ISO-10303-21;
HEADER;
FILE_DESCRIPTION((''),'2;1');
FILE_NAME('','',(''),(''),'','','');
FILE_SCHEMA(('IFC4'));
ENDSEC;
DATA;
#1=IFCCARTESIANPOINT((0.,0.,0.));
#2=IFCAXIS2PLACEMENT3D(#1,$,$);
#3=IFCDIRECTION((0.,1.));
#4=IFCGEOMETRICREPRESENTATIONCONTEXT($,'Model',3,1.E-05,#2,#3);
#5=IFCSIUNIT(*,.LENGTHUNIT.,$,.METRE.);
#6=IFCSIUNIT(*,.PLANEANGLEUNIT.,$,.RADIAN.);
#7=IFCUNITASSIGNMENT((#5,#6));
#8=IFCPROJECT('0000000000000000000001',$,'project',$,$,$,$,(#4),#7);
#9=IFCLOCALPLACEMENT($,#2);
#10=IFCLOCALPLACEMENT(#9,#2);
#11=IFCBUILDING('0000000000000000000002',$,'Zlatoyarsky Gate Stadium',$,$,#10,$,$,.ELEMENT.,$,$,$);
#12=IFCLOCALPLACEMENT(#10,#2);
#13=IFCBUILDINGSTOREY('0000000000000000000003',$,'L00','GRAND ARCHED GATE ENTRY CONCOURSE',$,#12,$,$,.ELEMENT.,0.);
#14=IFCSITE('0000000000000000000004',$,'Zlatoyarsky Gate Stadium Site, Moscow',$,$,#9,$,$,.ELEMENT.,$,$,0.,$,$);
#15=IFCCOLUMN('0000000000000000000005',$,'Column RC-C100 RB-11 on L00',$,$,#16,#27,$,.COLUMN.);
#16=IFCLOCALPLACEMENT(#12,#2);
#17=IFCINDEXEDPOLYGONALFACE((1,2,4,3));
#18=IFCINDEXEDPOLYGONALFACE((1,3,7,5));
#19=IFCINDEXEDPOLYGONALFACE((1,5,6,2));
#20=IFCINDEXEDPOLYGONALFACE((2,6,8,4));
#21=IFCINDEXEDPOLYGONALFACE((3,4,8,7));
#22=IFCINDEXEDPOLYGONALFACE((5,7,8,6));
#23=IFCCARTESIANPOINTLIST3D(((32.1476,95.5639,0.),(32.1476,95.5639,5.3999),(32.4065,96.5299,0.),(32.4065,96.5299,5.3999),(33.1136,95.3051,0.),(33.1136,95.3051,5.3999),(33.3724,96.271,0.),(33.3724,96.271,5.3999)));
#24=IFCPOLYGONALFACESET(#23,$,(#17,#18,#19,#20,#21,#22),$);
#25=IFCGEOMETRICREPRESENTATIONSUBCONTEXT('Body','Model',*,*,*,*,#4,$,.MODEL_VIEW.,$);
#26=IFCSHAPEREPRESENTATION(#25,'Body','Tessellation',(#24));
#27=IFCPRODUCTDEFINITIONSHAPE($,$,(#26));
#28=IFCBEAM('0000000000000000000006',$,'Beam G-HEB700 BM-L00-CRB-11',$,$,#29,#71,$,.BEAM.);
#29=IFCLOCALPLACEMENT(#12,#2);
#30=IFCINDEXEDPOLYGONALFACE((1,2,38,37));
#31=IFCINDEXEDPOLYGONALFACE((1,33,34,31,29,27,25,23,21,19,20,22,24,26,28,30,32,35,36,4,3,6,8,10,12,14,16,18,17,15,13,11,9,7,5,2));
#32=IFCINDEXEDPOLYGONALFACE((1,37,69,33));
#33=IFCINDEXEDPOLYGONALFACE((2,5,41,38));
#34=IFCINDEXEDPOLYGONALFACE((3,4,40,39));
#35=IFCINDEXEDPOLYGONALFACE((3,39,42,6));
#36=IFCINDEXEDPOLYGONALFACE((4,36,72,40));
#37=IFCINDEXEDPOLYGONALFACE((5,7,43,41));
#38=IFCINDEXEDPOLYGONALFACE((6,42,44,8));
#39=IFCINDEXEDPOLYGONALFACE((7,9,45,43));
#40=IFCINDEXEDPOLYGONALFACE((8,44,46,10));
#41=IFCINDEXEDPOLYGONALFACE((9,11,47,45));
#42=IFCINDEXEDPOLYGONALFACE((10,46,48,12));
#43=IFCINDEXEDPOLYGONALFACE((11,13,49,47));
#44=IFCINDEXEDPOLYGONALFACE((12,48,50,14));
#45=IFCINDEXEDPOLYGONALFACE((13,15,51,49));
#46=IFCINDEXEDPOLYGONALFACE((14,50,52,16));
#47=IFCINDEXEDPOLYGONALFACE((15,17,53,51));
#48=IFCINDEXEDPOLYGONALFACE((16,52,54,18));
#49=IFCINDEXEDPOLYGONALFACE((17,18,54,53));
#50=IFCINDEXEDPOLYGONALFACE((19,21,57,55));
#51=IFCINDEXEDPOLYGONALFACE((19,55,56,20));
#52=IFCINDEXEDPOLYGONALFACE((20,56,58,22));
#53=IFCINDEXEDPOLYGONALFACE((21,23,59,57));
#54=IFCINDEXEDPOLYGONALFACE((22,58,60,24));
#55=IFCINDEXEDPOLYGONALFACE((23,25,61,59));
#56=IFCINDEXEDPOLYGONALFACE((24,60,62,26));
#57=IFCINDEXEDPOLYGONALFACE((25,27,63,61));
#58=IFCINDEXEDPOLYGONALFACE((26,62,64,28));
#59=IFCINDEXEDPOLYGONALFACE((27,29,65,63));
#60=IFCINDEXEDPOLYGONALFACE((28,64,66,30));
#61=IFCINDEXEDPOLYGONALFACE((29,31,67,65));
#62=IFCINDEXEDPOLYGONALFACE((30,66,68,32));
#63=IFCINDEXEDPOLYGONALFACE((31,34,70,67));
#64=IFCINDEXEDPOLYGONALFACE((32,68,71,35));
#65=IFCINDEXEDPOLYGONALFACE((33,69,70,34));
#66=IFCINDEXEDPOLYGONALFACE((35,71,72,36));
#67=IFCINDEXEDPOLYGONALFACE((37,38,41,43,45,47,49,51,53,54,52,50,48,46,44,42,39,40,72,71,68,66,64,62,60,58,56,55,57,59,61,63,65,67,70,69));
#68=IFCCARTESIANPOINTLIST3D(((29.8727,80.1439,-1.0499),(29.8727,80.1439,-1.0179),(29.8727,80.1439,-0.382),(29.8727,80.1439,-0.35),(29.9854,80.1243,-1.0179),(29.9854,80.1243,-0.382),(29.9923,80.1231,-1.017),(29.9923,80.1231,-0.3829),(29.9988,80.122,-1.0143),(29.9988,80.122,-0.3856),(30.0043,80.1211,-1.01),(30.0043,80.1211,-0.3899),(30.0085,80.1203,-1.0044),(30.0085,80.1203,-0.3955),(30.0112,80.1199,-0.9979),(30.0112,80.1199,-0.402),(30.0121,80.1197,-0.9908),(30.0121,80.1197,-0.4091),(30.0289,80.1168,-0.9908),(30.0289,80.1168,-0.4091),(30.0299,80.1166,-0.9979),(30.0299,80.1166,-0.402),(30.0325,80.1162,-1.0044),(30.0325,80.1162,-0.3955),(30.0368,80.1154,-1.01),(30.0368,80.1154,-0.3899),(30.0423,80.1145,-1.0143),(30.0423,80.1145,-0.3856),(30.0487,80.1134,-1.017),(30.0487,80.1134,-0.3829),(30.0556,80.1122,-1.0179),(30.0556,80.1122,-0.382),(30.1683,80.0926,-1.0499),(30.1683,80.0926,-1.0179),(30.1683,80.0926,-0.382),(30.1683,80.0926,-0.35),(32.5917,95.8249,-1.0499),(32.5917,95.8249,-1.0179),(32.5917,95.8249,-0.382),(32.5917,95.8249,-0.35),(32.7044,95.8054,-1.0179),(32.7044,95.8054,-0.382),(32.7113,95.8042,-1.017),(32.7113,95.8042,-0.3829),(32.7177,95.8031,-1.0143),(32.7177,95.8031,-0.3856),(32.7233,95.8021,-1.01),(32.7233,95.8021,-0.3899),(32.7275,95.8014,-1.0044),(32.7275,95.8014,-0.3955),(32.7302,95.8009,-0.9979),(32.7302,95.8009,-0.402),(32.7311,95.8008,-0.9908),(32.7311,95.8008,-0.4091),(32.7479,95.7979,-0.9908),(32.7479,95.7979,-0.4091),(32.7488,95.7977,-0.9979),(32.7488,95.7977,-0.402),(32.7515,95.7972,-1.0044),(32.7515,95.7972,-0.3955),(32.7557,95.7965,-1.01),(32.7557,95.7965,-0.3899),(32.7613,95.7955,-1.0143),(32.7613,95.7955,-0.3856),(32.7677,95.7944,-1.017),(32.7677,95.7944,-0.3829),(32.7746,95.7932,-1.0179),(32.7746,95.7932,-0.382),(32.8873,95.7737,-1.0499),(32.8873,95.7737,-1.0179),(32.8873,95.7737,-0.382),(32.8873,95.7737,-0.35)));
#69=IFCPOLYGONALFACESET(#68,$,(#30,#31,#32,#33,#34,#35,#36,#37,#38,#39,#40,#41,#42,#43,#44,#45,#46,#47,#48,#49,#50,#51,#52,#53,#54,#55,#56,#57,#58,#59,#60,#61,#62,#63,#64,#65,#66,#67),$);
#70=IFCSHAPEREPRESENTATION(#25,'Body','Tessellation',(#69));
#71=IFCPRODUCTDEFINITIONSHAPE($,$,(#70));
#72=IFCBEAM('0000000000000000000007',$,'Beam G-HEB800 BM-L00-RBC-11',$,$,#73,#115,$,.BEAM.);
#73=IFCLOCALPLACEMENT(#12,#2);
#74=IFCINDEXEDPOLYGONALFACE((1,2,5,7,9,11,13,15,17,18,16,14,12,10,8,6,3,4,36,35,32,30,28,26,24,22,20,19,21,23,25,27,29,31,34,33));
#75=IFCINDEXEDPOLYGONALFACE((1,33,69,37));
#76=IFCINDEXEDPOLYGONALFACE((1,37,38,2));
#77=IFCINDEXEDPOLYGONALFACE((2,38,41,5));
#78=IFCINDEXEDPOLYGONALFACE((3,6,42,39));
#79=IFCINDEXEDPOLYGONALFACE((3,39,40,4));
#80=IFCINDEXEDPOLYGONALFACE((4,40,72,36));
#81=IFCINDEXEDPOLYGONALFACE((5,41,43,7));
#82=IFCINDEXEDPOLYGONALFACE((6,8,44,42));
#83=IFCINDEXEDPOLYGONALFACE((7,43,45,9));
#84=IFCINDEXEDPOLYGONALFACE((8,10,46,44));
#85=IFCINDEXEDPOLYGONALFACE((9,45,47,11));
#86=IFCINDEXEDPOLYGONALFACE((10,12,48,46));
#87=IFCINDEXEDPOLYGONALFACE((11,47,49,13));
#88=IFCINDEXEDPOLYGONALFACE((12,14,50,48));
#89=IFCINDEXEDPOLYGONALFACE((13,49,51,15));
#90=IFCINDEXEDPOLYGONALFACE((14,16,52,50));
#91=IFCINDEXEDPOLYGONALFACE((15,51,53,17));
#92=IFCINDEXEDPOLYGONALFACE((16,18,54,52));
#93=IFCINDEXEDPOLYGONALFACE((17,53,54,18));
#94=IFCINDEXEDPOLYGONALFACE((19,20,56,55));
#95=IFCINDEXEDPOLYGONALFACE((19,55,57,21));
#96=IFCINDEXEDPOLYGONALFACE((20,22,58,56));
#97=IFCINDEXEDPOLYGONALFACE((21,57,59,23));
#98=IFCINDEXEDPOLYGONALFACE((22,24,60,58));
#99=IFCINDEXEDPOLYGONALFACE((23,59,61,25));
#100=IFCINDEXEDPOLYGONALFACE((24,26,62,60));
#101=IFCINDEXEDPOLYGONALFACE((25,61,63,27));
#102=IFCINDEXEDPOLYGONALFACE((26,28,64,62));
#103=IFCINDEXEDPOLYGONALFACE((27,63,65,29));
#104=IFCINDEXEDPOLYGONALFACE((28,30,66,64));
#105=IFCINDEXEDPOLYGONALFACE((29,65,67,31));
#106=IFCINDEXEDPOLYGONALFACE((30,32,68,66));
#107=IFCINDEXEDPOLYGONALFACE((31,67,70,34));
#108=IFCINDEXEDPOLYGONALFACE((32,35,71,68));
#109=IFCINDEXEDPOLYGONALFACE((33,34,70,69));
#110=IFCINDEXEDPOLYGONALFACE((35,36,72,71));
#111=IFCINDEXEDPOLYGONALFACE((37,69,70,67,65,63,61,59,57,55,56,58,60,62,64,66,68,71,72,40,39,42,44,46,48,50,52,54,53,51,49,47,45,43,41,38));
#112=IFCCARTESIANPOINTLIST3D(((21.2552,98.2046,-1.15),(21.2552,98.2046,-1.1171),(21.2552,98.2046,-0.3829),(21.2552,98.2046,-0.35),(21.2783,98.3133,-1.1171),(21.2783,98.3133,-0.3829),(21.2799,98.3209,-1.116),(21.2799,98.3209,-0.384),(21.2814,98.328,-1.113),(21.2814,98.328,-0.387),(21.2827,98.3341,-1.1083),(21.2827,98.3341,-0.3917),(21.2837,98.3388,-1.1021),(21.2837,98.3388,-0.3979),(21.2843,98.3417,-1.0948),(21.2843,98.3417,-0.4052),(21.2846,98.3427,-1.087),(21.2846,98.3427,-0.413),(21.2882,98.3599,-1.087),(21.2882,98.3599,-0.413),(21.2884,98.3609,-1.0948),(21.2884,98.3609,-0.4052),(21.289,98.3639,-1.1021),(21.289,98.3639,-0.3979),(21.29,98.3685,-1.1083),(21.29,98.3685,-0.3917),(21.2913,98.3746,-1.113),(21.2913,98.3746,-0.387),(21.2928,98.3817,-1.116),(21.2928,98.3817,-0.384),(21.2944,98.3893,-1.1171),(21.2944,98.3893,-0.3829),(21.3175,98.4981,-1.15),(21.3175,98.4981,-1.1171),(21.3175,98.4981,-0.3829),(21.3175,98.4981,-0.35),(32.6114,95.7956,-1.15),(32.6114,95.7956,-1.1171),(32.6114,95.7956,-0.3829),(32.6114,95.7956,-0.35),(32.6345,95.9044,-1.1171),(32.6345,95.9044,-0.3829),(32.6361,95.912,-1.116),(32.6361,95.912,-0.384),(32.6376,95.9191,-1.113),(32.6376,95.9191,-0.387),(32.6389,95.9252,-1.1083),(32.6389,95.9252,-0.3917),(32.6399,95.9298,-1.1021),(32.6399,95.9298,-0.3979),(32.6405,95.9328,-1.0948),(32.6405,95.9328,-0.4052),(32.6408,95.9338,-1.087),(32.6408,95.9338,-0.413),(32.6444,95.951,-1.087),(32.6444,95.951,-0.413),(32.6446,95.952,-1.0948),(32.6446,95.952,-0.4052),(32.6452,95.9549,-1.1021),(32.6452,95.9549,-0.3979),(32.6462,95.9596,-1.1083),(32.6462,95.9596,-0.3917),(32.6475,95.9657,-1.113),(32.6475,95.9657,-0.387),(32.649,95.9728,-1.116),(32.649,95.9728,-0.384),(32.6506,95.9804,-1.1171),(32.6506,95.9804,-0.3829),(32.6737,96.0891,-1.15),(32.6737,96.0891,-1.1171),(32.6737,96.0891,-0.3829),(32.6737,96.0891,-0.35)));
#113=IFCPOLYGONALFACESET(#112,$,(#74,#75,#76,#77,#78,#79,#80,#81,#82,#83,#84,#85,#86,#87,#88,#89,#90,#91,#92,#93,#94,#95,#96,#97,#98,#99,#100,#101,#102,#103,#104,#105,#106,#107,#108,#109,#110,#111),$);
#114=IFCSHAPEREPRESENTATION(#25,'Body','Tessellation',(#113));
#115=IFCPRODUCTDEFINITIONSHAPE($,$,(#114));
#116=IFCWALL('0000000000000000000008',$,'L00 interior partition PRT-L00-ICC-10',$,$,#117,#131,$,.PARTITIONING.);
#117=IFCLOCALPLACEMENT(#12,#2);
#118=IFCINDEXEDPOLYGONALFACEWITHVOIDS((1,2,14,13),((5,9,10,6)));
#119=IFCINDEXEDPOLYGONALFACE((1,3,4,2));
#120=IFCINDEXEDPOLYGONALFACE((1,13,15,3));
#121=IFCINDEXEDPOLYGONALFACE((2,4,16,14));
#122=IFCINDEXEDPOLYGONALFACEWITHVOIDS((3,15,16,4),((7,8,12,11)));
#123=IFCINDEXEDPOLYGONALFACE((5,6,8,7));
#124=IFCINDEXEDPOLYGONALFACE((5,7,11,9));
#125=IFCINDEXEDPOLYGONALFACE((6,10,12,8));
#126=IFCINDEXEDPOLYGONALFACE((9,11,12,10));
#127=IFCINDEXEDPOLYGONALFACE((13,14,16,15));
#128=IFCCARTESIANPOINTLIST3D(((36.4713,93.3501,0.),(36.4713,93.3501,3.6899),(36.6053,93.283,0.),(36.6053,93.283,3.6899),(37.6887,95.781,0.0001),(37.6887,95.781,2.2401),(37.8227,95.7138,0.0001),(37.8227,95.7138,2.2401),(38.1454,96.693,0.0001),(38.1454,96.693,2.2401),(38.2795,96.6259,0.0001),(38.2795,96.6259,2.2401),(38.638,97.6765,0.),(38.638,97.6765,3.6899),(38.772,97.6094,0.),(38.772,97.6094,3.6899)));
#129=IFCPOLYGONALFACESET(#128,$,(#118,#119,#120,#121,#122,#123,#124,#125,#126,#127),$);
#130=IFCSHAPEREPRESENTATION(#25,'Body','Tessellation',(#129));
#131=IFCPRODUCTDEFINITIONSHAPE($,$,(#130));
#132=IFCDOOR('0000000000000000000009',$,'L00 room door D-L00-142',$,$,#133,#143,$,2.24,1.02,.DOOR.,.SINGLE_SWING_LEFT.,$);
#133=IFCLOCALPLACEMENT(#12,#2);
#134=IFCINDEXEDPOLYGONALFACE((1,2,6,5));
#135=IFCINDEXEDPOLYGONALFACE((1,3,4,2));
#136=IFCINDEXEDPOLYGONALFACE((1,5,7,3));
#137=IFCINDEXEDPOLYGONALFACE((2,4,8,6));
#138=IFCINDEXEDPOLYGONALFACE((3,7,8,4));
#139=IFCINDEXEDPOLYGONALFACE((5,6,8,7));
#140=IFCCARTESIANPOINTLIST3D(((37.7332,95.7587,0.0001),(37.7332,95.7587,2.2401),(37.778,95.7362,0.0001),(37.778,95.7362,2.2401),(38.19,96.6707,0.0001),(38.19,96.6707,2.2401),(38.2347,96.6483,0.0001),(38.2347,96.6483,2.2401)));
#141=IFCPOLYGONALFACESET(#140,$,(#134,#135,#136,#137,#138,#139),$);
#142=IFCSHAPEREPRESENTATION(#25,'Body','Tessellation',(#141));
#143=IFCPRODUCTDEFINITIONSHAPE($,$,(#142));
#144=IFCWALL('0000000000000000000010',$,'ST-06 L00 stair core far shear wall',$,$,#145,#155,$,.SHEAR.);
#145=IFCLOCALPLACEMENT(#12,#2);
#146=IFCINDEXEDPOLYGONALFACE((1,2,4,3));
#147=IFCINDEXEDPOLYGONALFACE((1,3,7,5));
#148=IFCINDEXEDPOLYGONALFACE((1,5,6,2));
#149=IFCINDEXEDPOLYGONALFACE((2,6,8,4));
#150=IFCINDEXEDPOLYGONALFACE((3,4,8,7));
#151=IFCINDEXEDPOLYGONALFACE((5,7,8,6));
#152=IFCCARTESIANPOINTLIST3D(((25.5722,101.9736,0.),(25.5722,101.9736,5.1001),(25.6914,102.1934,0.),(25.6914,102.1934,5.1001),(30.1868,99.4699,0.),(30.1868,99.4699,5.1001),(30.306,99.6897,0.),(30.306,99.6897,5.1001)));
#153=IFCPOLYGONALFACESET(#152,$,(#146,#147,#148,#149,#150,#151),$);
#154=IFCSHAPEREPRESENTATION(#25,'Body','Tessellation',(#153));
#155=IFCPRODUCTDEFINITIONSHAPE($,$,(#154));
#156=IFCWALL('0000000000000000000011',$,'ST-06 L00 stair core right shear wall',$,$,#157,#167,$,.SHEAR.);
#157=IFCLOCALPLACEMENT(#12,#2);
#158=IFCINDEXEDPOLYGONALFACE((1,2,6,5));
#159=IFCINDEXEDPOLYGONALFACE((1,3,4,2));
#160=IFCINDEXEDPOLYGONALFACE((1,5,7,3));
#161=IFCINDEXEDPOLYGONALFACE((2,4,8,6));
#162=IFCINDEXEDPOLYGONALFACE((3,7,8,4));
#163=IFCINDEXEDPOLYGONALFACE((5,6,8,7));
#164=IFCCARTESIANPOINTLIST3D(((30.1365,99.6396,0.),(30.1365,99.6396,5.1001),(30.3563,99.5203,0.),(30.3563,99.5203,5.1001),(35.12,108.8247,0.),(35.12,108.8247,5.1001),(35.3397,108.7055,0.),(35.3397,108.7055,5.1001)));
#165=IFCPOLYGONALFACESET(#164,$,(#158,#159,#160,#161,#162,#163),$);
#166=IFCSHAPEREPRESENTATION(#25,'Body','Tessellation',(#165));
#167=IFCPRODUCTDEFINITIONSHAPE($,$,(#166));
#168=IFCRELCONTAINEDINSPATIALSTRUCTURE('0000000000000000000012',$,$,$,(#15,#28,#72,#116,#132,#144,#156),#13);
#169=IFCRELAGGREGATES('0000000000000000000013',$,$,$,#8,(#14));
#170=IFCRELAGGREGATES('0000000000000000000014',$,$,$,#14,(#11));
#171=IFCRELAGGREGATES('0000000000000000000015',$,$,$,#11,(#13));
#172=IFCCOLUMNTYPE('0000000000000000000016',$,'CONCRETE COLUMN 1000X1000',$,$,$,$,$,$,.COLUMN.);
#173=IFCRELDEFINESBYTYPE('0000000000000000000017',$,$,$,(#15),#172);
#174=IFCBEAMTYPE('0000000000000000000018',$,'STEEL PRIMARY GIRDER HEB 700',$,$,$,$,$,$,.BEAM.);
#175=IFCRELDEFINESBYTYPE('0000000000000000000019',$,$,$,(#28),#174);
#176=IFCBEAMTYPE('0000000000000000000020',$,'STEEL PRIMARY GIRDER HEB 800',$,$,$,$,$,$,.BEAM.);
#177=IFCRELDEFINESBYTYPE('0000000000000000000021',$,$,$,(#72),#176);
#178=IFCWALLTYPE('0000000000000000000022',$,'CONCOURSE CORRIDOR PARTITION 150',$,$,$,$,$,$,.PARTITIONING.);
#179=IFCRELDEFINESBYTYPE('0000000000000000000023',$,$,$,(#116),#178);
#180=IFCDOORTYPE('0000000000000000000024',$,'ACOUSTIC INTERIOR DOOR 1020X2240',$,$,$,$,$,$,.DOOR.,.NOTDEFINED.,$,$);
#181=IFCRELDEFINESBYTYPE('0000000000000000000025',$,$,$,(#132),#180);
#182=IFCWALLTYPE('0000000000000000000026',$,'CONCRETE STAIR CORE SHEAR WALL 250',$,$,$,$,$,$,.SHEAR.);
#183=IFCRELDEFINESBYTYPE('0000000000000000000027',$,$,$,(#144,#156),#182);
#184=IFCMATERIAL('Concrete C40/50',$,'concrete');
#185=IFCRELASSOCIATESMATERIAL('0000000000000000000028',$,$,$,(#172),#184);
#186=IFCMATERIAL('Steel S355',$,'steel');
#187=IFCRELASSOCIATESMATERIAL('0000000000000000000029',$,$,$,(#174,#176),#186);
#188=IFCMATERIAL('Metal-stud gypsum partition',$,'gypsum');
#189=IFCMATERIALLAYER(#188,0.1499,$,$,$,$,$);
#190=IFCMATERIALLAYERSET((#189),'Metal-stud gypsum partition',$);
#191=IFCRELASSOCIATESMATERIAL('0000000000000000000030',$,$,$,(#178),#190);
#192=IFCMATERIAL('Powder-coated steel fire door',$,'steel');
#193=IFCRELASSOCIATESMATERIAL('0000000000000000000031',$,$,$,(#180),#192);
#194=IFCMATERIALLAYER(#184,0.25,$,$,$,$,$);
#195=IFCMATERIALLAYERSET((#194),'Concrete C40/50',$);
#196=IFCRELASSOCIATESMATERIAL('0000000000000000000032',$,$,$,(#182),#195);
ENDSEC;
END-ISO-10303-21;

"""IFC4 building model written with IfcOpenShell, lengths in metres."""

from ifc_helpers import new_model, si_unit, direction, frame, frame_2d, origin, origin_2d, place, context, subcontext, project, spatial, rectangle, i_section, extrude, material, layer, layer_set, material_profile, profile_set, type_object, element, fill, save


model = new_model("IFC4")

# Units and contexts
model_context = context("Model", 3, precision=1e-05, world=origin(), true_north=direction((0.0, 1.0)))
body_context = subcontext(model_context, "Body", "Model", "MODEL_VIEW")
ifc_project = project(units=[si_unit("LENGTHUNIT", "METRE"), si_unit("PLANEANGLEUNIT", "RADIAN")], contexts=[model_context])

# Site, building, storey
site_placement = place(None, origin())
site = spatial("IfcSite", under=ifc_project, at=site_placement, Name="Zlatoyarsky Gate Stadium Site, Moscow", CompositionType="ELEMENT", RefElevation=0.0)
building_placement = place(site_placement, origin())
building = spatial("IfcBuilding", under=site, at=building_placement, Name="Zlatoyarsky Gate Stadium", CompositionType="ELEMENT")
storey_placement = place(building_placement, origin())
storey = spatial("IfcBuildingStorey", under=building, at=storey_placement, Name="L00", Description="GRAND ARCHED GATE ENTRY CONCOURSE", CompositionType="ELEMENT", Elevation=0.0)

# Column
ifc_material_1 = material(Name="Concrete C40/50", Category="concrete")
ifc_material_profile_1 = material_profile(ifc_material_1, rectangle(XDim=1.0, YDim=1.0, at=origin_2d()), Name="RC COL 1000X1000")
ifc_profile_set_1 = profile_set([ifc_material_profile_1], Name="Concrete C40/50")
column_type = type_object("IfcColumnType", Name="CONCRETE COLUMN 1000X1000", PredefinedType="COLUMN", material=ifc_profile_set_1)
column_placement = place(storey_placement, frame((32.76, 95.9175, 0.0), z_axis=(0.0, 0.0, 1.0), x_axis=(-0.965926, 0.258819, 0.0)))
element("IfcColumn", 1, at=column_placement, inside=storey, type_object=column_type, Name="Column RC-C100 RB-11 on L00", PredefinedType="COLUMN", context=body_context, shape_type="SweptSolid", body=[
    extrude(rectangle(XDim=1.0, YDim=1.0, at=origin_2d()), origin(), (0.0, 0.0, 1.0), 5.3999),
])

# Beams
ifc_material_2 = material(Name="Steel S355", Category="steel")
ifc_material_profile_2 = material_profile(ifc_material_2, i_section(OverallWidth=0.3, OverallDepth=0.7, WebThickness=0.0171, FlangeThickness=0.032, FilletRadius=0.0271, at=origin_2d()), Name="HEB 700")
ifc_profile_set_2 = profile_set([ifc_material_profile_2], Name="Steel S355")
beam_type_1 = type_object("IfcBeamType", Name="STEEL PRIMARY GIRDER HEB 700", PredefinedType="BEAM", material=ifc_profile_set_2)
beam_1_placement = place(storey_placement, frame((32.7395, 95.7993, -0.7), z_axis=(-0.170843, -0.985298, 0.0), x_axis=(0.985298, -0.170843, 0.0)))
element("IfcBeam", 2, at=beam_1_placement, inside=storey, type_object=beam_type_1, Name="Beam G-HEB700 BM-L00-CRB-11", PredefinedType="BEAM", context=body_context, shape_type="SweptSolid", body=[
    extrude(i_section(OverallWidth=0.3, OverallDepth=0.7, WebThickness=0.0171, FlangeThickness=0.032, FilletRadius=0.0271, at=origin_2d()), origin(), (0.0, 0.0, 1.0), 15.915),
])
ifc_material_profile_3 = material_profile(ifc_material_2, i_section(OverallWidth=0.3, OverallDepth=0.8, WebThickness=0.0176, FlangeThickness=0.033, FilletRadius=0.03, at=origin_2d()), Name="HEB 800")
ifc_profile_set_3 = profile_set([ifc_material_profile_3], Name="Steel S355")
beam_type_2 = type_object("IfcBeamType", Name="STEEL PRIMARY GIRDER HEB 800", PredefinedType="BEAM", material=ifc_profile_set_3)
beam_2_placement = place(storey_placement, frame((32.6426, 95.9424, -0.75), z_axis=(-0.978233, 0.207508, 0.0), x_axis=(-0.207508, -0.978233, 0.0)))
element("IfcBeam", 3, at=beam_2_placement, inside=storey, type_object=beam_type_2, Name="Beam G-HEB800 BM-L00-RBC-11", PredefinedType="BEAM", context=body_context, shape_type="SweptSolid", body=[
    extrude(i_section(OverallWidth=0.3, OverallDepth=0.8, WebThickness=0.0176, FlangeThickness=0.033, FilletRadius=0.03, at=origin_2d()), origin(), (0.0, 0.0, 1.0), 11.6089),
])

# Wall, opening, door
ifc_material_3 = material(Name="Metal-stud gypsum partition", Category="gypsum")
ifc_layer_1 = layer(ifc_material_3, 0.1499)
ifc_layer_set_1 = layer_set([ifc_layer_1], Name="Metal-stud gypsum partition")
wall_type_1 = type_object("IfcWallType", Name="CONCOURSE CORRIDOR PARTITION 150", PredefinedType="PARTITIONING", material=ifc_layer_set_1)
wall_1_placement = place(storey_placement, frame((38.7051, 97.6431, 0.0), z_axis=(0.0, 0.0, 1.0), x_axis=(-0.447799, -0.894134, 0.0)))
wall_1 = element("IfcWall", 4, at=wall_1_placement, inside=storey, type_object=wall_type_1, Name="L00 interior partition PRT-L00-ICC-10", PredefinedType="PARTITIONING", context=body_context, shape_type="SweptSolid", body=[
    extrude(rectangle(XDim=4.8386, YDim=0.1499, at=frame_2d((2.4194, 0.0))), origin(), (0.0, 0.0, 1.0), 3.6899),
])
opening_1_placement = place(wall_1_placement, frame((1.1001, 0.0, 0.0)))
opening_1 = element("IfcOpeningElement", 5, at=opening_1_placement, cuts=wall_1, PredefinedType="OPENING", context=body_context, shape_type="SweptSolid", body=[
    extrude(rectangle(XDim=1.02, YDim=2.24, at=frame_2d((0.51, 1.1201))), frame((0.0, 0.085, 0.0), z_axis=(0.0, -1.0, 0.0), x_axis=(1.0, 0.0, 0.0)), (0.0, 0.0, 1.0), 0.1699),
])
ifc_material_4 = material(Name="Powder-coated steel fire door", Category="steel")
door_type_1 = type_object("IfcDoorType", Name="ACOUSTIC INTERIOR DOOR 1020X2240", OperationType="NOTDEFINED", PredefinedType="DOOR", material=ifc_material_4)
door_1_placement = place(opening_1_placement, origin())
door_1 = element("IfcDoor", 6, at=door_1_placement, inside=storey, type_object=door_type_1, Name="L00 room door D-L00-142", OperationType="SINGLE_SWING_LEFT", OverallHeight=2.24, OverallWidth=1.02, PredefinedType="DOOR", context=body_context, shape_type="SweptSolid", body=[
    extrude(rectangle(XDim=1.02, YDim=2.24, at=frame_2d((0.51, 1.1201))), frame((0.0, 0.0249, 0.0), z_axis=(0.0, -1.0, 0.0), x_axis=(1.0, 0.0, 0.0)), (0.0, 0.0, 1.0), 0.05),
])
fill(opening_1, door_1)

# Walls
ifc_layer_2 = layer(ifc_material_1, 0.25)
ifc_layer_set_2 = layer_set([ifc_layer_2], Name="Concrete C40/50")
wall_type_2 = type_object("IfcWallType", Name="CONCRETE STAIR CORE SHEAR WALL 250", PredefinedType="SHEAR", material=ifc_layer_set_2)
wall_2_placement = place(storey_placement, frame((25.6318, 102.0835, 0.0), z_axis=(0.0, 0.0, 1.0), x_axis=(0.878961, -0.476893, 0.0)))
element("IfcWall", 7, at=wall_2_placement, inside=storey, type_object=wall_type_2, Name="ST-06 L00 stair core far shear wall", PredefinedType="SHEAR", context=body_context, shape_type="SweptSolid", body=[
    extrude(rectangle(XDim=5.25, YDim=0.25, at=frame_2d((2.625, 0.0))), origin(), (0.0, 0.0, 1.0), 5.1001),
])
wall_3_placement = place(storey_placement, frame((30.2463, 99.5798, 0.0), z_axis=(0.0, 0.0, 1.0), x_axis=(0.476887, 0.878965, 0.0)))
element("IfcWall", 8, at=wall_3_placement, inside=storey, type_object=wall_type_2, Name="ST-06 L00 stair core right shear wall", PredefinedType="SHEAR", context=body_context, shape_type="SweptSolid", body=[
    extrude(rectangle(XDim=10.45, YDim=0.25, at=frame_2d((5.2251, 0.0))), origin(), (0.0, 0.0, 1.0), 5.1001),
])

save(model, "model.ifc")
